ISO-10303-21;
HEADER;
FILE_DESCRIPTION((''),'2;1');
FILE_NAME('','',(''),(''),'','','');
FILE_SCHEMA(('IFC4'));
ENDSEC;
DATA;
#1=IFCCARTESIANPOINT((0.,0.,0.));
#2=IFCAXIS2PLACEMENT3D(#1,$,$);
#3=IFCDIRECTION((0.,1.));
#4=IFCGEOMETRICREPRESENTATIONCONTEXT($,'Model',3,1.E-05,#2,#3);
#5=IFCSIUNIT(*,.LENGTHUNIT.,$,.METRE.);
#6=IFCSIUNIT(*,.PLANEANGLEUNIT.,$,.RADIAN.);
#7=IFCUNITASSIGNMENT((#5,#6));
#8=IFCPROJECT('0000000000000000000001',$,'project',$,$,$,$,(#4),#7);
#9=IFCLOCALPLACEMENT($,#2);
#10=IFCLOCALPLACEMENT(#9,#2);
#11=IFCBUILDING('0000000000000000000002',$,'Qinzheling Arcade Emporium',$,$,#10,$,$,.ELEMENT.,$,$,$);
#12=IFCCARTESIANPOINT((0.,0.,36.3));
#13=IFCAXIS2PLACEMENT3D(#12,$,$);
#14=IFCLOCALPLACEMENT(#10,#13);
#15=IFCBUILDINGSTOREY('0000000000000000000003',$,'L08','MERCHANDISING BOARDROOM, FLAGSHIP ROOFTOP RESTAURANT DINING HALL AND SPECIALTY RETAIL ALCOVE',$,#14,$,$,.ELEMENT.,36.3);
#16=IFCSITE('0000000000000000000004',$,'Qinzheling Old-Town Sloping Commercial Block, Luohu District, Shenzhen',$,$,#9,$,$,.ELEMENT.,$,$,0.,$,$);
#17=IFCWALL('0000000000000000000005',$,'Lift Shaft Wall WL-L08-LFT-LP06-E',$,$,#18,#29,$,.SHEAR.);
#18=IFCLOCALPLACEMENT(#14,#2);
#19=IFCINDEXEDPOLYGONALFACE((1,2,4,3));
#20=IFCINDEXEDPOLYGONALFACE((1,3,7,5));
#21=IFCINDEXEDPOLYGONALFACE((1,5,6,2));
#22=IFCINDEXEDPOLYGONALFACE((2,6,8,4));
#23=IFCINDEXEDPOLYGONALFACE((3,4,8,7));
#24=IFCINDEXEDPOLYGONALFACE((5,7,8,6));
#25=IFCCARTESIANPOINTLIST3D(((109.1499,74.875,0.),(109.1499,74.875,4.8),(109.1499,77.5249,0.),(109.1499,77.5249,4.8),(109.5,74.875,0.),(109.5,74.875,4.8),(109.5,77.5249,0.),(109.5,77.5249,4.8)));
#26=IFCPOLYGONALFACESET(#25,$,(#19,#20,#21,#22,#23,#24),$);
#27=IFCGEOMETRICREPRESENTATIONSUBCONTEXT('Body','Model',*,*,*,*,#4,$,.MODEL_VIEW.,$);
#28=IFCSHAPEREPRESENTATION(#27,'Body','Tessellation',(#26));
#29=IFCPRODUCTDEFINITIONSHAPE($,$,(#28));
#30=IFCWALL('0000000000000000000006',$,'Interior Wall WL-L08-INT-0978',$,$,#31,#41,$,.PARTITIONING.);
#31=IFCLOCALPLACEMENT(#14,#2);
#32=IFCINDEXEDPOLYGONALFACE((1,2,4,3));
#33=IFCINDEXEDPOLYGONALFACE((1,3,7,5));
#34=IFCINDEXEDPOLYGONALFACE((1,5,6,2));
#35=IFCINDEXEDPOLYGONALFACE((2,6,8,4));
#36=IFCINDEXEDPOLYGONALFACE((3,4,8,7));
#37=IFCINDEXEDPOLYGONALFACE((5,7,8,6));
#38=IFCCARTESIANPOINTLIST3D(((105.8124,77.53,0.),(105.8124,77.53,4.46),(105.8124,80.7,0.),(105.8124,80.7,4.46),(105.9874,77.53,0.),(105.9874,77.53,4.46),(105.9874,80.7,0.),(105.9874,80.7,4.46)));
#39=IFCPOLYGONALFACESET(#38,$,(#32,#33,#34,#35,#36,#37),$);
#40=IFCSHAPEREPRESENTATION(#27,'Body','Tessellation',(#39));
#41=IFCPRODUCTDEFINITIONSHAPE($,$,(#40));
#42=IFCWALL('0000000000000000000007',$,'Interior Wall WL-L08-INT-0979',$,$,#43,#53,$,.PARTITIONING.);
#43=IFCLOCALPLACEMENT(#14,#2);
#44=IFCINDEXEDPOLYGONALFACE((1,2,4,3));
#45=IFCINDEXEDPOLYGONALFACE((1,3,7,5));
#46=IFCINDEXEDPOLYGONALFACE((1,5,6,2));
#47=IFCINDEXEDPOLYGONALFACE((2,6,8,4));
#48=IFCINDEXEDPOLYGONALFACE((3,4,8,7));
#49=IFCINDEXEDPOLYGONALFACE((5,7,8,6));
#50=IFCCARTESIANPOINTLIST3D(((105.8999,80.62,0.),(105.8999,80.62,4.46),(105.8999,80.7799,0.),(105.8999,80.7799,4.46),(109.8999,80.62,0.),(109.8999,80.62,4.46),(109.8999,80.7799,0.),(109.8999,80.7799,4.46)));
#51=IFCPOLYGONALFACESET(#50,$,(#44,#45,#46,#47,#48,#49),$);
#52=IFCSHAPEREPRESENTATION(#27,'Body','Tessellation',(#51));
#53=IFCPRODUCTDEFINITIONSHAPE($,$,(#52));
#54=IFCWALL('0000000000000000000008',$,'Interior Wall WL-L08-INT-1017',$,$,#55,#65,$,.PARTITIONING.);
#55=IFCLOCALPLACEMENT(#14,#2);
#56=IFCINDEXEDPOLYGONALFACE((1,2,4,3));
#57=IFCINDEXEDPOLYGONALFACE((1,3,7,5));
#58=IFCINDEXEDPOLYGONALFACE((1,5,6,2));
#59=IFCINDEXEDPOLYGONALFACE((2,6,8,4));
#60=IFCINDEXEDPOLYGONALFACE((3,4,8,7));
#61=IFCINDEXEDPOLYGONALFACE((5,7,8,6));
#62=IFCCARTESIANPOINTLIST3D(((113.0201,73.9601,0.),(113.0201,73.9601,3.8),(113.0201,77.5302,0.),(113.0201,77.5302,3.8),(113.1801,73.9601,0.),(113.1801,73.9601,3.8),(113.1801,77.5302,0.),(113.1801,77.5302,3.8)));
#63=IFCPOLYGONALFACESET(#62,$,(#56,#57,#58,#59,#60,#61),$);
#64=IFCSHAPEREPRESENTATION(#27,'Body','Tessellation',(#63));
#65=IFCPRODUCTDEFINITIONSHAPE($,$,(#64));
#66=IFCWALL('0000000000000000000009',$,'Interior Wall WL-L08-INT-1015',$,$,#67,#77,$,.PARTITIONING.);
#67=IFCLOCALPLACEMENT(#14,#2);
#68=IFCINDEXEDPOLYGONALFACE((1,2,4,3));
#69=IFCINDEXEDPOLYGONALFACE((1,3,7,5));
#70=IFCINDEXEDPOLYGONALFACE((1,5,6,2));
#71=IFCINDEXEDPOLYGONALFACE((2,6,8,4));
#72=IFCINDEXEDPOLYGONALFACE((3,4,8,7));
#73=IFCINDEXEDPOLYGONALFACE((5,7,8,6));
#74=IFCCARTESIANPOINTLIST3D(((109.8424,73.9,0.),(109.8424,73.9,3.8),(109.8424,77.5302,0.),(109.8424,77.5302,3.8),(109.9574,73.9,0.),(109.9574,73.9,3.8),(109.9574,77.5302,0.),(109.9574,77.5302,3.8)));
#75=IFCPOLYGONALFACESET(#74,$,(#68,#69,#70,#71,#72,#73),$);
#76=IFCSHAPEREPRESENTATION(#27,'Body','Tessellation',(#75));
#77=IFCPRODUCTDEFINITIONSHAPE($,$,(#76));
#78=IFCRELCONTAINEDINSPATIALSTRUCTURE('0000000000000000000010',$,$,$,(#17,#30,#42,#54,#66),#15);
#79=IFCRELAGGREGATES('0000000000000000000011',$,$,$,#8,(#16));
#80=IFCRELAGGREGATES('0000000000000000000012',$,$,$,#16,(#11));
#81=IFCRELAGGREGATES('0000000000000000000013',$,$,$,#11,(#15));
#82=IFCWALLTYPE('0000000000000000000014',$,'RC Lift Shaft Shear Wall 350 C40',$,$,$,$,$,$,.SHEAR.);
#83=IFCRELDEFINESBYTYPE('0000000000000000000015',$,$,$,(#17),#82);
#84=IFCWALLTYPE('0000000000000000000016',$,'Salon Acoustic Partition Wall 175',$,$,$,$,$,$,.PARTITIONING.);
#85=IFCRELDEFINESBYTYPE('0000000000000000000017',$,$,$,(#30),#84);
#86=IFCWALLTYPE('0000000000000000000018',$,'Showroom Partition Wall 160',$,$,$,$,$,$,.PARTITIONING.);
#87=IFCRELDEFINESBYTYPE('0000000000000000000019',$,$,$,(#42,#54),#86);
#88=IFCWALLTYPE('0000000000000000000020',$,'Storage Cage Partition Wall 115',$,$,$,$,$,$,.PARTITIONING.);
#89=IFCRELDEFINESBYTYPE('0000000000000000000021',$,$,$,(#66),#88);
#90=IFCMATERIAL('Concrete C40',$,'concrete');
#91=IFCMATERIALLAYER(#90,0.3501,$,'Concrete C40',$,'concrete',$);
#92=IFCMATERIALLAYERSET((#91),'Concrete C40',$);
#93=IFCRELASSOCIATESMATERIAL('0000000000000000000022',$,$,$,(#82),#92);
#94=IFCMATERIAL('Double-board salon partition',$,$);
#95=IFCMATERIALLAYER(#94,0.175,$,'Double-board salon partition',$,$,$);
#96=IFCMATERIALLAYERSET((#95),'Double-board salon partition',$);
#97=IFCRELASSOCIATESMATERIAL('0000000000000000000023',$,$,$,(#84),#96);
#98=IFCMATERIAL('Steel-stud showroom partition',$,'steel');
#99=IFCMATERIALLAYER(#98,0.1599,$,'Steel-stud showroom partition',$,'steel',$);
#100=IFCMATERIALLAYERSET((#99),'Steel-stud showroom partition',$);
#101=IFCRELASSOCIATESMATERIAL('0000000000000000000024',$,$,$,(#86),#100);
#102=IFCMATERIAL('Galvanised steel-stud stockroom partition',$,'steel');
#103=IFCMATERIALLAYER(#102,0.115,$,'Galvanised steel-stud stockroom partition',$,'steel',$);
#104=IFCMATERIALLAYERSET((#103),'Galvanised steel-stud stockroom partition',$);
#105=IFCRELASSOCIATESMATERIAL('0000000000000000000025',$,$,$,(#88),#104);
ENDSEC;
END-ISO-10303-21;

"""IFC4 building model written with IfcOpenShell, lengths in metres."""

from ifc_helpers import new_model, si_unit, direction, frame, frame_2d, origin, place, context, subcontext, project, spatial, rectangle, extrude, material, layer, layer_set, type_object, element, save


model = new_model("IFC4")

# Units and contexts
model_context = context("Model", 3, precision=1e-05, world=origin(), true_north=direction((0.0, 1.0)))
body_context = subcontext(model_context, "Body", "Model", "MODEL_VIEW")
ifc_project = project(units=[si_unit("LENGTHUNIT", "METRE"), si_unit("PLANEANGLEUNIT", "RADIAN")], contexts=[model_context])

# Site, building, storey
site_placement = place(None, origin())
site = spatial("IfcSite", under=ifc_project, at=site_placement, Name="Qinzheling Old-Town Sloping Commercial Block, Luohu District, Shenzhen", CompositionType="ELEMENT", RefElevation=0.0)
building_placement = place(site_placement, origin())
building = spatial("IfcBuilding", under=site, at=building_placement, Name="Qinzheling Arcade Emporium", CompositionType="ELEMENT")
storey_placement = place(building_placement, frame((0.0, 0.0, 36.3)))
storey = spatial("IfcBuildingStorey", under=building, at=storey_placement, Name="L08", Description="MERCHANDISING BOARDROOM, FLAGSHIP ROOFTOP RESTAURANT DINING HALL AND SPECIALTY RETAIL ALCOVE", CompositionType="ELEMENT", Elevation=36.3)

# Shared definitions
ifc_material_1 = material(Name="Concrete C40", Category="concrete")

# Shared definitions
ifc_layer_1 = layer(ifc_material_1, 0.3501, Name="Concrete C40", Category="concrete")
ifc_layer_set_1 = layer_set([ifc_layer_1], Name="Concrete C40")
wall_type_1 = type_object("IfcWallType", Name="RC Lift Shaft Shear Wall 350 C40", PredefinedType="SHEAR", material=ifc_layer_set_1)

# Walls
for number, where, z_axis, x_axis, name in (
    (1, (109.325, 77.5249, 0.0), (0.0, 0.0, 1.0), (0.0, -1.0, 0.0), "Lift Shaft Wall WL-L08-LFT-LP06-E"),
):
    element("IfcWall", number, at=place(storey_placement, frame(where, z_axis=z_axis, x_axis=x_axis)), inside=storey, type_object=wall_type_1, Name=name, PredefinedType="SHEAR", context=body_context, shape_type="SweptSolid", body=[
        extrude(rectangle(XDim=2.6499, YDim=0.3501, at=frame_2d((1.325, 0.0))), origin(), (0.0, 0.0, 1.0), 4.8),
    ])
ifc_material_2 = material(Name="Double-board salon partition")
ifc_layer_2 = layer(ifc_material_2, 0.175, Name="Double-board salon partition")
ifc_layer_set_2 = layer_set([ifc_layer_2], Name="Double-board salon partition")
wall_type_2 = type_object("IfcWallType", Name="Salon Acoustic Partition Wall 175", PredefinedType="PARTITIONING", material=ifc_layer_set_2)
wall_1_placement = place(storey_placement, frame((105.8999, 77.53, 0.0), z_axis=(0.0, 0.0, 1.0), x_axis=(0.0, 1.0, 0.0)))
element("IfcWall", 2, at=wall_1_placement, inside=storey, type_object=wall_type_2, Name="Interior Wall WL-L08-INT-0978", PredefinedType="PARTITIONING", context=body_context, shape_type="SweptSolid", body=[
    extrude(rectangle(XDim=3.1699, YDim=0.175, at=frame_2d((1.585, 0.0))), origin(), (0.0, 0.0, 1.0), 4.46),
])
ifc_material_3 = material(Name="Steel-stud showroom partition", Category="steel")
ifc_layer_3 = layer(ifc_material_3, 0.1599, Name="Steel-stud showroom partition", Category="steel")
ifc_layer_set_3 = layer_set([ifc_layer_3], Name="Steel-stud showroom partition")
wall_type_3 = type_object("IfcWallType", Name="Showroom Partition Wall 160", PredefinedType="PARTITIONING", material=ifc_layer_set_3)
wall_2_placement = place(storey_placement, frame((105.8999, 80.7, 0.0), z_axis=(0.0, 0.0, 1.0), x_axis=(1.0, 0.0, 0.0)))
element("IfcWall", 3, at=wall_2_placement, inside=storey, type_object=wall_type_3, Name="Interior Wall WL-L08-INT-0979", PredefinedType="PARTITIONING", context=body_context, shape_type="SweptSolid", body=[
    extrude(rectangle(XDim=4.0, YDim=0.1599, at=frame_2d((2.0, 0.0))), origin(), (0.0, 0.0, 1.0), 4.46),
])
wall_3_placement = place(storey_placement, frame((113.1001, 73.96, 0.0), z_axis=(0.0, 0.0, 1.0), x_axis=(0.0, 1.0, 0.0)))
element("IfcWall", 4, at=wall_3_placement, inside=storey, type_object=wall_type_3, Name="Interior Wall WL-L08-INT-1017", PredefinedType="PARTITIONING", context=body_context, shape_type="SweptSolid", body=[
    extrude(rectangle(XDim=3.5701, YDim=0.1599, at=frame_2d((1.7852, 0.0))), origin(), (0.0, 0.0, 1.0), 3.8),
])
ifc_material_4 = material(Name="Galvanised steel-stud stockroom partition", Category="steel")
ifc_layer_4 = layer(ifc_material_4, 0.115, Name="Galvanised steel-stud stockroom partition", Category="steel")
ifc_layer_set_4 = layer_set([ifc_layer_4], Name="Galvanised steel-stud stockroom partition")
wall_type_4 = type_object("IfcWallType", Name="Storage Cage Partition Wall 115", PredefinedType="PARTITIONING", material=ifc_layer_set_4)
wall_4_placement = place(storey_placement, frame((109.8999, 77.53, 0.0), z_axis=(0.0, 0.0, 1.0), x_axis=(0.0, -1.0, 0.0)))
element("IfcWall", 5, at=wall_4_placement, inside=storey, type_object=wall_type_4, Name="Interior Wall WL-L08-INT-1015", PredefinedType="PARTITIONING", context=body_context, shape_type="SweptSolid", body=[
    extrude(rectangle(XDim=3.6301, YDim=0.115, at=frame_2d((1.8149, 0.0))), origin(), (0.0, 0.0, 1.0), 3.8),
])

save(model, "model.ifc")
